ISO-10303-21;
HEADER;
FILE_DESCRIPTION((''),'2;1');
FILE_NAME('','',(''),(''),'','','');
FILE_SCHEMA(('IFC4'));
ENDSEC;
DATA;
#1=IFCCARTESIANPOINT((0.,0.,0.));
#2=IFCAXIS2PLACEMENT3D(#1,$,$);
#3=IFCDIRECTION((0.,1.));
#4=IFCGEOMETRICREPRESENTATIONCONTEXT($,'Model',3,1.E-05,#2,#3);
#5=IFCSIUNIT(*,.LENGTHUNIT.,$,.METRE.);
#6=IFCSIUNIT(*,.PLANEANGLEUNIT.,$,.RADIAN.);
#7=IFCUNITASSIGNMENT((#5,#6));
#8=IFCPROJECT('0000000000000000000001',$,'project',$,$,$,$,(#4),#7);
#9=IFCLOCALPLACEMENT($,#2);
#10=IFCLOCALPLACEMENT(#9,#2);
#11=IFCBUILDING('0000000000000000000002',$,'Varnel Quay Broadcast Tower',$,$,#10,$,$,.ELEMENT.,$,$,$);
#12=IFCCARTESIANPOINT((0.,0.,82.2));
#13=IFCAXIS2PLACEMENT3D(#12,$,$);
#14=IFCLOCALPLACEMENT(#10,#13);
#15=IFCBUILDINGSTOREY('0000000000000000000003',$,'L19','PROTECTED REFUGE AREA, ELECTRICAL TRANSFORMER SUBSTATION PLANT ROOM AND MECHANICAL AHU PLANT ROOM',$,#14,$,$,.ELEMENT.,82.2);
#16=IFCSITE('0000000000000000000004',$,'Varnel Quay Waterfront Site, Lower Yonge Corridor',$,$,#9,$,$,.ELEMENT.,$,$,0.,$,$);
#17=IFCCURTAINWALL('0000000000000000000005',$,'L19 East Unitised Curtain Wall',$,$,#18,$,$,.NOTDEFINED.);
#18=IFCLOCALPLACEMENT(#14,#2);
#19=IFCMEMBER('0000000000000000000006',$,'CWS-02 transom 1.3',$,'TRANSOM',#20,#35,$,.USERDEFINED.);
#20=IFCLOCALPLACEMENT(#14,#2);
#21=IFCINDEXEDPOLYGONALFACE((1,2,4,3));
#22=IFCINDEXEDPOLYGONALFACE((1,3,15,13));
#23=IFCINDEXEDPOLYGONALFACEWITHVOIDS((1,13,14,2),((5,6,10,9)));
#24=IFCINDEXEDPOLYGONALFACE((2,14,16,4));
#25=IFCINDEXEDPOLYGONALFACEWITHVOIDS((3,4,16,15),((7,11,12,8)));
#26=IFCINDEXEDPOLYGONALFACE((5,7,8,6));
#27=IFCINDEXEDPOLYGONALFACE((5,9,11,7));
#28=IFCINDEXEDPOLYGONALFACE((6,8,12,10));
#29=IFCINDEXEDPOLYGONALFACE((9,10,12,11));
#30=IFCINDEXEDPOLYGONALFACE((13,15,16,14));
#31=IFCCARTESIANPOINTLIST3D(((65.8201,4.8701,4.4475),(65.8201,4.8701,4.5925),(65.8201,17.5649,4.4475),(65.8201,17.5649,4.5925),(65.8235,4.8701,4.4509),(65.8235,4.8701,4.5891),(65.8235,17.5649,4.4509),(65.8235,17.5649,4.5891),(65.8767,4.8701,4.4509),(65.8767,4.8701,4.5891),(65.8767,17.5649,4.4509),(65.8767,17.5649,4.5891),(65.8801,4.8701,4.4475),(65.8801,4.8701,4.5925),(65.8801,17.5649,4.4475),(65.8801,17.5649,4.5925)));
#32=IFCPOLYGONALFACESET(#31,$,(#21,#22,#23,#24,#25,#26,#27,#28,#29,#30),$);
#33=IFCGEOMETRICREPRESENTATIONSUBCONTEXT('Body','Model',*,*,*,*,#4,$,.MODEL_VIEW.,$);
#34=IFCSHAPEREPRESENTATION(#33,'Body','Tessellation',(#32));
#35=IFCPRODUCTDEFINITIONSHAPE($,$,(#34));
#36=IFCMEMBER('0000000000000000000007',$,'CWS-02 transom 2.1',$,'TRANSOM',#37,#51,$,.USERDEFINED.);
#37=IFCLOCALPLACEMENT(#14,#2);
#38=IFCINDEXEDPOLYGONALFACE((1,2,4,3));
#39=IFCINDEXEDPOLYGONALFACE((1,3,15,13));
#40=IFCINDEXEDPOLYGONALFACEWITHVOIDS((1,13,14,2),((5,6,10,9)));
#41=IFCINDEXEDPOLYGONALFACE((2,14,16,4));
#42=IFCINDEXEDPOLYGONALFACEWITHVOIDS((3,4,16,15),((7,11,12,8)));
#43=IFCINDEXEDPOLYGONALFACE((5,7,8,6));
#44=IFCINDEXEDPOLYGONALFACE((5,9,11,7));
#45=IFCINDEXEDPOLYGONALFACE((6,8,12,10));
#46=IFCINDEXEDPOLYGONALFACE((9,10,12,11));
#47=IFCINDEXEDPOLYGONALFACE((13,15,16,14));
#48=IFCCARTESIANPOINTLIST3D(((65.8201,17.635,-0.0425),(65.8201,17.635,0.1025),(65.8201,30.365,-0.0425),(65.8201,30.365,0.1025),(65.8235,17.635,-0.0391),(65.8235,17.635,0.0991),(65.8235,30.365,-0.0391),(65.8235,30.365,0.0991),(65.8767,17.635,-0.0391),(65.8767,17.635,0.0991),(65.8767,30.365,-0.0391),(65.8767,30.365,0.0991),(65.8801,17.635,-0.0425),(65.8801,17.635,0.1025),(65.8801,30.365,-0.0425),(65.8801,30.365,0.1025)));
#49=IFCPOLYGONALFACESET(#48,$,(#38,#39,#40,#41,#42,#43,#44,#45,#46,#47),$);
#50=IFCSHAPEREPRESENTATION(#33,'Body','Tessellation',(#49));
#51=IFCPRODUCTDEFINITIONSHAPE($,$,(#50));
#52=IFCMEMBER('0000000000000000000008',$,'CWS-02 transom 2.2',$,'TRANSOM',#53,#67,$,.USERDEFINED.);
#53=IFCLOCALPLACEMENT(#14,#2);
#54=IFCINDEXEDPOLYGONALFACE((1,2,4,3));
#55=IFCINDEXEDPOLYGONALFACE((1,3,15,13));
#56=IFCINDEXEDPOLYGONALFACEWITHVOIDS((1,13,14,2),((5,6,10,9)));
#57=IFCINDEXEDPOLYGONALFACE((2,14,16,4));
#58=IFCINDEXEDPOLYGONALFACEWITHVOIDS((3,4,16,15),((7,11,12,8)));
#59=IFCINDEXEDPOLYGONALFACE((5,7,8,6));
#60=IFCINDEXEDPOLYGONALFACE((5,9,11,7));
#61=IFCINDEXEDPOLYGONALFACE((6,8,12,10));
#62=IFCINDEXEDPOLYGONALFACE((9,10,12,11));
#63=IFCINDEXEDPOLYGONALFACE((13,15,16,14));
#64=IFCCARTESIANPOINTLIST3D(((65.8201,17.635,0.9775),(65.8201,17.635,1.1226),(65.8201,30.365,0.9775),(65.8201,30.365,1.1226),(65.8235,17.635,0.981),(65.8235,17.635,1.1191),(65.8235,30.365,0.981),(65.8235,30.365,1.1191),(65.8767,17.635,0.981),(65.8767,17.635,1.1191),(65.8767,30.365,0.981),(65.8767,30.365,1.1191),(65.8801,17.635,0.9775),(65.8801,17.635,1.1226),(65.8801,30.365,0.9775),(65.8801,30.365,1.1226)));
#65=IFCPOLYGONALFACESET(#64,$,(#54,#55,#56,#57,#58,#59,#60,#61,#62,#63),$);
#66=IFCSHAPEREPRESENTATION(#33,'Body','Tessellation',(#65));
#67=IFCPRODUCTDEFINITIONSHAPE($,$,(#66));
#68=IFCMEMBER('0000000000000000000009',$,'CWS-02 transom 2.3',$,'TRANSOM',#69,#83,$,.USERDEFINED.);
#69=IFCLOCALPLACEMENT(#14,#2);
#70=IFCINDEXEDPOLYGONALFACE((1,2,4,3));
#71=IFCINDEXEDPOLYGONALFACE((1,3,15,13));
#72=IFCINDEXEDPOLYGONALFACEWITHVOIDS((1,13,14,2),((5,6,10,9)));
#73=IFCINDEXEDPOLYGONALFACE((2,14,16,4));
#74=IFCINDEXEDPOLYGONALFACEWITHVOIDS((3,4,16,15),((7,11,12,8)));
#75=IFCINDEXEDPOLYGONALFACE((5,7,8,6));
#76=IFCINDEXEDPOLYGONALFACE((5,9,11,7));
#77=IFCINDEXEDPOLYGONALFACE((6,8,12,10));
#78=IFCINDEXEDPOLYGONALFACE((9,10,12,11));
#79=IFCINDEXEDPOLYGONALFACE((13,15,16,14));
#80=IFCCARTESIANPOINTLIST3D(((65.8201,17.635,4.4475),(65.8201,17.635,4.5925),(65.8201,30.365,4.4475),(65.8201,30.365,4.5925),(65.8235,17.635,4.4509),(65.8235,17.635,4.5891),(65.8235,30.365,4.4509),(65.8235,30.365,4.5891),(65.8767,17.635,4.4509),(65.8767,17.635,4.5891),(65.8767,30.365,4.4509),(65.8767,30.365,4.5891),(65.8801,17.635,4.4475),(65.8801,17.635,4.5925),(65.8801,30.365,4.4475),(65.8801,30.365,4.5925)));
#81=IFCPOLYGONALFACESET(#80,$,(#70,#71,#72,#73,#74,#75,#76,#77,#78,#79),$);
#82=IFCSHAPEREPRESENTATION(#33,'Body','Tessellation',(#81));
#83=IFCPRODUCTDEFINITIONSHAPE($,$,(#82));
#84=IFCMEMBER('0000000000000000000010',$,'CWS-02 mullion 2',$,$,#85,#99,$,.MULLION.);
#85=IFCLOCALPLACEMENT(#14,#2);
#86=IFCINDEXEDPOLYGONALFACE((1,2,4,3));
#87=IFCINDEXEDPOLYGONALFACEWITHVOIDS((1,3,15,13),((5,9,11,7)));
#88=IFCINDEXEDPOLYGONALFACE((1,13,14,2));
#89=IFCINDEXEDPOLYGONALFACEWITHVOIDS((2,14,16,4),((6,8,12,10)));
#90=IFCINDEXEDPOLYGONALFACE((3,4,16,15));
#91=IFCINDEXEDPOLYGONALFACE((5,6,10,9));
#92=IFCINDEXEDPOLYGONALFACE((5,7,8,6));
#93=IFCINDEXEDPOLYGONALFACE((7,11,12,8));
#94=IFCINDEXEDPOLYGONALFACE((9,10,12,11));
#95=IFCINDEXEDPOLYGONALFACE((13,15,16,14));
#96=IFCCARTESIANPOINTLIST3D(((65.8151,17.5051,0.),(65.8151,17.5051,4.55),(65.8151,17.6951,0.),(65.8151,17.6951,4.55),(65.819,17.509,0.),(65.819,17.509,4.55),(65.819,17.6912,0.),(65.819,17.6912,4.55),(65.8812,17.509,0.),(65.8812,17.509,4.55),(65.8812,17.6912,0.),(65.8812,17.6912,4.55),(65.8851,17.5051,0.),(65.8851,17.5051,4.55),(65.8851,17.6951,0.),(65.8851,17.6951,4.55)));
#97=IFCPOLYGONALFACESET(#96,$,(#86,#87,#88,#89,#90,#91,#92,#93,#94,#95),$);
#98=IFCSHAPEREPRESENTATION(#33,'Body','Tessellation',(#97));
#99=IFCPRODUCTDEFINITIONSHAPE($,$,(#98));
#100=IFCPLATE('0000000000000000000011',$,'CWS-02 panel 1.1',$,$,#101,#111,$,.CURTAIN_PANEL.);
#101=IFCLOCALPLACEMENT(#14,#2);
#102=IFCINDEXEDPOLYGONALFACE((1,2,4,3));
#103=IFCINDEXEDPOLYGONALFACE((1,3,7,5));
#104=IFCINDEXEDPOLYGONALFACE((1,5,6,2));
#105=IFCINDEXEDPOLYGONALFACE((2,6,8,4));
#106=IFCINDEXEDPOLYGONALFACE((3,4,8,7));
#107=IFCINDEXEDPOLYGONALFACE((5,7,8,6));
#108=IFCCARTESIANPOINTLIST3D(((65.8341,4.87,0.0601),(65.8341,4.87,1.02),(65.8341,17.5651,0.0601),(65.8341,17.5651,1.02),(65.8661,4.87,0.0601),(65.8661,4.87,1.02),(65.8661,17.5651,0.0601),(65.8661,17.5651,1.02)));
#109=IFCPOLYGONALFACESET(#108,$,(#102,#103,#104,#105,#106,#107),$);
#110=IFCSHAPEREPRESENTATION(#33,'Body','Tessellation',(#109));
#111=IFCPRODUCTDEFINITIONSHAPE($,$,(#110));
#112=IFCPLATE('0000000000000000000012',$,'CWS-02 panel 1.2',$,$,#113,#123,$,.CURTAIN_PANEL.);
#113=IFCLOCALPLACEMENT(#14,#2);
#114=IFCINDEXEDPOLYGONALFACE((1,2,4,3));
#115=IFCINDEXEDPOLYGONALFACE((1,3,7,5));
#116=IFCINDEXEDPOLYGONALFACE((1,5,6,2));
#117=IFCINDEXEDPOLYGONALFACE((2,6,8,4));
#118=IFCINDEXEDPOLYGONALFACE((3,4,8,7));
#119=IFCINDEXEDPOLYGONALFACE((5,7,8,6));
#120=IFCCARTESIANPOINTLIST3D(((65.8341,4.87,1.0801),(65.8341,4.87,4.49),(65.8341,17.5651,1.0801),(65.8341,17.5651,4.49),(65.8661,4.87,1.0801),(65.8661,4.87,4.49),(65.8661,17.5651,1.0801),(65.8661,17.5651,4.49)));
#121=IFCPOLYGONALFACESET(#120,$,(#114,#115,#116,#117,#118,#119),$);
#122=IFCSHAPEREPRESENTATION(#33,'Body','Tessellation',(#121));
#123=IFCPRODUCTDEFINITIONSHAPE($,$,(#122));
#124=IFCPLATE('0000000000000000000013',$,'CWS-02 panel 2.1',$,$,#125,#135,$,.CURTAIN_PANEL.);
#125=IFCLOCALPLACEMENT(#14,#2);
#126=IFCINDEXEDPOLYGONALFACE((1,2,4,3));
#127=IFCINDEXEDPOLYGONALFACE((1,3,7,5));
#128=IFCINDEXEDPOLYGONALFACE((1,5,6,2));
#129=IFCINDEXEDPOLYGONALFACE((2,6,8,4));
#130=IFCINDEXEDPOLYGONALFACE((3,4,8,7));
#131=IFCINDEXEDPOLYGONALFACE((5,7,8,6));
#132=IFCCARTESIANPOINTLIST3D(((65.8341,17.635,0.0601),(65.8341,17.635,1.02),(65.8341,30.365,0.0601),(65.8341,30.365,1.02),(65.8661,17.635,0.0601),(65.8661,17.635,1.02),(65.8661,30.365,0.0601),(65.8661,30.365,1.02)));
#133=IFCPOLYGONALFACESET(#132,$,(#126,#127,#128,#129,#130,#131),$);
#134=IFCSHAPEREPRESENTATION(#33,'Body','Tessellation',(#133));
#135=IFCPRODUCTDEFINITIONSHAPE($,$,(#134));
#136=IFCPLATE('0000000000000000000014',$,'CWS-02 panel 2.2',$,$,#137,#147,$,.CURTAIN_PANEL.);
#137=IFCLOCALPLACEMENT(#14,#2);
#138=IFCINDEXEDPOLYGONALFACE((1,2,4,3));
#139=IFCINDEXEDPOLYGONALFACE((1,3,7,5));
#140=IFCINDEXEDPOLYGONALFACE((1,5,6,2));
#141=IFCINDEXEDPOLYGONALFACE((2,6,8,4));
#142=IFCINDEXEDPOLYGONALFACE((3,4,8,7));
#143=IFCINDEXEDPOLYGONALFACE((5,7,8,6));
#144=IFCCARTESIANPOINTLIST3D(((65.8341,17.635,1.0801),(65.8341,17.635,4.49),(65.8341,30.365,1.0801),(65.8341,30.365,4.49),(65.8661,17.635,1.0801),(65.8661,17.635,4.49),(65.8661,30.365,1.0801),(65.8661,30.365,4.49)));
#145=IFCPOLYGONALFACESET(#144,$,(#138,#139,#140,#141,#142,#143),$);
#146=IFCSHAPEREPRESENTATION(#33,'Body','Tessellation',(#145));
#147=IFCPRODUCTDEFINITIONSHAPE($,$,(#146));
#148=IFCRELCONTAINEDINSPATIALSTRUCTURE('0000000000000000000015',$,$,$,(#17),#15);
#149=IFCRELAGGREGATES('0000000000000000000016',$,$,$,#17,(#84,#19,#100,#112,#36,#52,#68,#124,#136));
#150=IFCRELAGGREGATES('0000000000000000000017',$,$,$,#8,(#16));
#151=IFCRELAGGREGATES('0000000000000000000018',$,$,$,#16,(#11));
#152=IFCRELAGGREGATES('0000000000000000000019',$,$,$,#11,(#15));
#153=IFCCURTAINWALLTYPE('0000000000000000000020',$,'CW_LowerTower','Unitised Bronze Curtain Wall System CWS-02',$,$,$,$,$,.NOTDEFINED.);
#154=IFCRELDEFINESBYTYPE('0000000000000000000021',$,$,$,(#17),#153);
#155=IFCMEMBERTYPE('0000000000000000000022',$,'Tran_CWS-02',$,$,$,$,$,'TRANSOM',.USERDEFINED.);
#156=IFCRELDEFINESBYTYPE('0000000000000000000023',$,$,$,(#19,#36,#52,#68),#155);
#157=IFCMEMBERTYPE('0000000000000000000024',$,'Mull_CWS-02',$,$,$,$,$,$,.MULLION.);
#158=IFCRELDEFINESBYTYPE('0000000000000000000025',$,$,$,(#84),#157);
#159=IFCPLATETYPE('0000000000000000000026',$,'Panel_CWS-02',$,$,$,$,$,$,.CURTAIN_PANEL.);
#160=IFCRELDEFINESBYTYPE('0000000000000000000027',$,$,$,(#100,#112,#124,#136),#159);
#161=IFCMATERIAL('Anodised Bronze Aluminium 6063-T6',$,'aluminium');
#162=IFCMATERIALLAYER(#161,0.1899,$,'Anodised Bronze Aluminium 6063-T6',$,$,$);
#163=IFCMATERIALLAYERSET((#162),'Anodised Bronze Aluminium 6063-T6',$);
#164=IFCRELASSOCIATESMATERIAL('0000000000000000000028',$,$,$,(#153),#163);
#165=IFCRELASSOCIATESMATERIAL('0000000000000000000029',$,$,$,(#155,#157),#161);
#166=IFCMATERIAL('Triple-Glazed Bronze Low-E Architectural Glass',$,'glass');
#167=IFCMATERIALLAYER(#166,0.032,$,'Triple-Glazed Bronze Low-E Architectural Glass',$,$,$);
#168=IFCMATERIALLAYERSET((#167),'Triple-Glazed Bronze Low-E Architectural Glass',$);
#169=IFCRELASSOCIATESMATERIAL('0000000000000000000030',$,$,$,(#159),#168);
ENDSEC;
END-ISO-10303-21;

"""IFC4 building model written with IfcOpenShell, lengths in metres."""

from ifc_helpers import new_model, si_unit, direction, frame, origin, origin_2d, place, context, subcontext, project, spatial, rectangle, hollow_rectangle, extrude, source, transform, mapped, material, layer, layer_set, material_profile, profile_set, type_object, type_shapes, element, aggregate, save


model = new_model("IFC4")

# Units and contexts
model_context = context("Model", 3, precision=1e-05, world=origin(), true_north=direction((0.0, 1.0)))
body_context = subcontext(model_context, "Body", "Model", "MODEL_VIEW")
ifc_project = project(units=[si_unit("LENGTHUNIT", "METRE"), si_unit("PLANEANGLEUNIT", "RADIAN")], contexts=[model_context])

# Site, building, storey
site_placement = place(None, origin())
site = spatial("IfcSite", under=ifc_project, at=site_placement, Name="Varnel Quay Waterfront Site, Lower Yonge Corridor", CompositionType="ELEMENT", RefElevation=0.0)
building_placement = place(site_placement, origin())
building = spatial("IfcBuilding", under=site, at=building_placement, Name="Varnel Quay Broadcast Tower", CompositionType="ELEMENT")
storey_placement = place(building_placement, frame((0.0, 0.0, 82.2)))
storey = spatial("IfcBuildingStorey", under=building, at=storey_placement, Name="L19", Description="PROTECTED REFUGE AREA, ELECTRICAL TRANSFORMER SUBSTATION PLANT ROOM AND MECHANICAL AHU PLANT ROOM", CompositionType="ELEMENT", Elevation=82.2)

# Curtain wall, members, plates
ifc_material_1 = material(Name="Anodised Bronze Aluminium 6063-T6", Category="aluminium")
ifc_layer_1 = layer(ifc_material_1, 0.1899, Name="Anodised Bronze Aluminium 6063-T6")
ifc_layer_set_1 = layer_set([ifc_layer_1], Name="Anodised Bronze Aluminium 6063-T6")
curtain_wall_type = type_object("IfcCurtainWallType", Name="CW_LowerTower", Description="Unitised Bronze Curtain Wall System CWS-02", PredefinedType="NOTDEFINED", material=ifc_layer_set_1)
curtain_wall_placement = place(storey_placement, origin())
curtain_wall = element("IfcCurtainWall", 1, at=curtain_wall_placement, inside=storey, type_object=curtain_wall_type, Name="L19 East Unitised Curtain Wall", PredefinedType="NOTDEFINED")
ifc_material_profile_1 = material_profile(ifc_material_1, hollow_rectangle(XDim=0.0601, YDim=0.145, WallThickness=0.0034, at=origin_2d()), Name="ALU60X145X3.5")
ifc_profile_set_1 = profile_set([ifc_material_profile_1], Name="Anodised Bronze Aluminium 6063-T6")
member_type_1 = type_object("IfcMemberType", Name="Tran_CWS-02", ElementType="TRANSOM", PredefinedType="USERDEFINED", material=ifc_profile_set_1)
shared_shape_1 = source(origin(), body_context, "Body", "SweptSolid", [
    extrude(hollow_rectangle(XDim=0.0601, YDim=0.145, WallThickness=0.0034, at=origin_2d()), origin(), (0.0, 0.0, 1.0), 12.6948),
])
member_1_placement = place(storey_placement, frame((65.8501, 4.8701, 4.52), z_axis=(0.0, 1.0, 0.0), x_axis=(-1.0, 0.0, 0.0)))
member_1 = element("IfcMember", 2, at=member_1_placement, type_object=member_type_1, Name="CWS-02 transom 1.3", ObjectType="TRANSOM", PredefinedType="USERDEFINED", context=body_context, shape_type="MappedRepresentation", body=[
    mapped(shared_shape_1, transform((0.0, 0.0, 0.0), x_axis=(1.0, 0.0, 0.0), y_axis=(0.0, 1.0, 0.0), z_axis=(0.0, 0.0, 1.0), scale=1.0)),
])
shared_shape_2 = source(origin(), body_context, "Body", "SweptSolid", [
    extrude(hollow_rectangle(XDim=0.0601, YDim=0.145, WallThickness=0.0034, at=origin_2d()), origin(), (0.0, 0.0, 1.0), 12.73),
])
type_shapes(member_type_1, [shared_shape_1, shared_shape_2])
member_2_placement = place(storey_placement, frame((65.8501, 17.635, 0.03), z_axis=(0.0, 1.0, 0.0), x_axis=(-1.0, 0.0, 0.0)))
member_2 = element("IfcMember", 3, at=member_2_placement, type_object=member_type_1, Name="CWS-02 transom 2.1", ObjectType="TRANSOM", PredefinedType="USERDEFINED", context=body_context, shape_type="MappedRepresentation", body=[
    mapped(shared_shape_2, transform((0.0, 0.0, 0.0), x_axis=(1.0, 0.0, 0.0), y_axis=(0.0, 1.0, 0.0), z_axis=(0.0, 0.0, 1.0), scale=1.0)),
])
member_3_placement = place(storey_placement, frame((65.8501, 17.635, 1.05), z_axis=(0.0, 1.0, 0.0), x_axis=(-1.0, 0.0, 0.0)))
member_3 = element("IfcMember", 4, at=member_3_placement, type_object=member_type_1, Name="CWS-02 transom 2.2", ObjectType="TRANSOM", PredefinedType="USERDEFINED", context=body_context, shape_type="MappedRepresentation", body=[
    mapped(shared_shape_2, transform((0.0, 0.0, 0.0), x_axis=(1.0, 0.0, 0.0), y_axis=(0.0, 1.0, 0.0), z_axis=(0.0, 0.0, 1.0), scale=1.0)),
])
member_4_placement = place(storey_placement, frame((65.8501, 17.635, 4.52), z_axis=(0.0, 1.0, 0.0), x_axis=(-1.0, 0.0, 0.0)))
member_4 = element("IfcMember", 5, at=member_4_placement, type_object=member_type_1, Name="CWS-02 transom 2.3", ObjectType="TRANSOM", PredefinedType="USERDEFINED", context=body_context, shape_type="MappedRepresentation", body=[
    mapped(shared_shape_2, transform((0.0, 0.0, 0.0), x_axis=(1.0, 0.0, 0.0), y_axis=(0.0, 1.0, 0.0), z_axis=(0.0, 0.0, 1.0), scale=1.0)),
])
ifc_material_profile_2 = material_profile(ifc_material_1, hollow_rectangle(XDim=0.0701, YDim=0.1899, WallThickness=0.0039, at=origin_2d()), Name="ALU70X190X4")
ifc_profile_set_2 = profile_set([ifc_material_profile_2], Name="Anodised Bronze Aluminium 6063-T6")
member_type_2 = type_object("IfcMemberType", Name="Mull_CWS-02", PredefinedType="MULLION", material=ifc_profile_set_2)
shared_shape_3 = source(origin(), body_context, "Body", "SweptSolid", [
    extrude(hollow_rectangle(XDim=0.0701, YDim=0.1899, WallThickness=0.0039, at=origin_2d()), origin(), (0.0, 0.0, 1.0), 4.55),
])
type_shapes(member_type_2, [shared_shape_3])
member_5_placement = place(storey_placement, frame((65.8501, 17.6001, 0.0), z_axis=(0.0, 0.0, 1.0), x_axis=(-1.0, 0.0, 0.0)))
member_5 = element("IfcMember", 6, at=member_5_placement, type_object=member_type_2, Name="CWS-02 mullion 2", PredefinedType="MULLION", context=body_context, shape_type="MappedRepresentation", body=[
    mapped(shared_shape_3, transform((0.0, 0.0, 0.0), x_axis=(1.0, 0.0, 0.0), y_axis=(0.0, 1.0, 0.0), z_axis=(0.0, 0.0, 1.0), scale=1.0)),
])
ifc_material_2 = material(Name="Triple-Glazed Bronze Low-E Architectural Glass", Category="glass")
ifc_layer_2 = layer(ifc_material_2, 0.032, Name="Triple-Glazed Bronze Low-E Architectural Glass")
ifc_layer_set_2 = layer_set([ifc_layer_2], Name="Triple-Glazed Bronze Low-E Architectural Glass")
plate_type = type_object("IfcPlateType", Name="Panel_CWS-02", PredefinedType="CURTAIN_PANEL", material=ifc_layer_set_2)
shared_shape_4 = source(origin(), body_context, "Body", "SweptSolid", [
    extrude(rectangle(XDim=12.6951, YDim=0.032, at=origin_2d()), origin(), (0.0, 0.0, 1.0), 0.96),
])
plate_1_placement = place(storey_placement, frame((65.8501, 11.2175, 0.0601), z_axis=(0.0, 0.0, 1.0), x_axis=(0.0, 1.0, 0.0)))
plate_1 = element("IfcPlate", 7, at=plate_1_placement, type_object=plate_type, Name="CWS-02 panel 1.1", PredefinedType="CURTAIN_PANEL", context=body_context, shape_type="MappedRepresentation", body=[
    mapped(shared_shape_4, transform((0.0, 0.0, 0.0), x_axis=(1.0, 0.0, 0.0), y_axis=(0.0, 1.0, 0.0), z_axis=(0.0, 0.0, 1.0), scale=1.0)),
])
shared_shape_5 = source(origin(), body_context, "Body", "SweptSolid", [
    extrude(rectangle(XDim=12.6951, YDim=0.032, at=origin_2d()), origin(), (0.0, 0.0, 1.0), 3.4099),
])
plate_2_placement = place(storey_placement, frame((65.8501, 11.2175, 1.0801), z_axis=(0.0, 0.0, 1.0), x_axis=(0.0, 1.0, 0.0)))
plate_2 = element("IfcPlate", 8, at=plate_2_placement, type_object=plate_type, Name="CWS-02 panel 1.2", PredefinedType="CURTAIN_PANEL", context=body_context, shape_type="MappedRepresentation", body=[
    mapped(shared_shape_5, transform((0.0, 0.0, 0.0), x_axis=(1.0, 0.0, 0.0), y_axis=(0.0, 1.0, 0.0), z_axis=(0.0, 0.0, 1.0), scale=1.0)),
])
shared_shape_6 = source(origin(), body_context, "Body", "SweptSolid", [
    extrude(rectangle(XDim=12.73, YDim=0.032, at=origin_2d()), origin(), (0.0, 0.0, 1.0), 0.96),
])
plate_3_placement = place(storey_placement, frame((65.8501, 24.0, 0.0601), z_axis=(0.0, 0.0, 1.0), x_axis=(0.0, 1.0, 0.0)))
plate_3 = element("IfcPlate", 9, at=plate_3_placement, type_object=plate_type, Name="CWS-02 panel 2.1", PredefinedType="CURTAIN_PANEL", context=body_context, shape_type="MappedRepresentation", body=[
    mapped(shared_shape_6, transform((0.0, 0.0, 0.0), x_axis=(1.0, 0.0, 0.0), y_axis=(0.0, 1.0, 0.0), z_axis=(0.0, 0.0, 1.0), scale=1.0)),
])
shared_shape_7 = source(origin(), body_context, "Body", "SweptSolid", [
    extrude(rectangle(XDim=12.73, YDim=0.032, at=origin_2d()), origin(), (0.0, 0.0, 1.0), 3.4099),
])
type_shapes(plate_type, [shared_shape_4, shared_shape_5, shared_shape_6, shared_shape_7])
plate_4_placement = place(storey_placement, frame((65.8501, 24.0, 1.0801), z_axis=(0.0, 0.0, 1.0), x_axis=(0.0, 1.0, 0.0)))
plate_4 = element("IfcPlate", 10, at=plate_4_placement, type_object=plate_type, Name="CWS-02 panel 2.2", PredefinedType="CURTAIN_PANEL", context=body_context, shape_type="MappedRepresentation", body=[
    mapped(shared_shape_7, transform((0.0, 0.0, 0.0), x_axis=(1.0, 0.0, 0.0), y_axis=(0.0, 1.0, 0.0), z_axis=(0.0, 0.0, 1.0), scale=1.0)),
])
aggregate(curtain_wall, [member_5, member_1, plate_1, plate_2, member_2, member_3, member_4, plate_3, plate_4])

save(model, "model.ifc")
